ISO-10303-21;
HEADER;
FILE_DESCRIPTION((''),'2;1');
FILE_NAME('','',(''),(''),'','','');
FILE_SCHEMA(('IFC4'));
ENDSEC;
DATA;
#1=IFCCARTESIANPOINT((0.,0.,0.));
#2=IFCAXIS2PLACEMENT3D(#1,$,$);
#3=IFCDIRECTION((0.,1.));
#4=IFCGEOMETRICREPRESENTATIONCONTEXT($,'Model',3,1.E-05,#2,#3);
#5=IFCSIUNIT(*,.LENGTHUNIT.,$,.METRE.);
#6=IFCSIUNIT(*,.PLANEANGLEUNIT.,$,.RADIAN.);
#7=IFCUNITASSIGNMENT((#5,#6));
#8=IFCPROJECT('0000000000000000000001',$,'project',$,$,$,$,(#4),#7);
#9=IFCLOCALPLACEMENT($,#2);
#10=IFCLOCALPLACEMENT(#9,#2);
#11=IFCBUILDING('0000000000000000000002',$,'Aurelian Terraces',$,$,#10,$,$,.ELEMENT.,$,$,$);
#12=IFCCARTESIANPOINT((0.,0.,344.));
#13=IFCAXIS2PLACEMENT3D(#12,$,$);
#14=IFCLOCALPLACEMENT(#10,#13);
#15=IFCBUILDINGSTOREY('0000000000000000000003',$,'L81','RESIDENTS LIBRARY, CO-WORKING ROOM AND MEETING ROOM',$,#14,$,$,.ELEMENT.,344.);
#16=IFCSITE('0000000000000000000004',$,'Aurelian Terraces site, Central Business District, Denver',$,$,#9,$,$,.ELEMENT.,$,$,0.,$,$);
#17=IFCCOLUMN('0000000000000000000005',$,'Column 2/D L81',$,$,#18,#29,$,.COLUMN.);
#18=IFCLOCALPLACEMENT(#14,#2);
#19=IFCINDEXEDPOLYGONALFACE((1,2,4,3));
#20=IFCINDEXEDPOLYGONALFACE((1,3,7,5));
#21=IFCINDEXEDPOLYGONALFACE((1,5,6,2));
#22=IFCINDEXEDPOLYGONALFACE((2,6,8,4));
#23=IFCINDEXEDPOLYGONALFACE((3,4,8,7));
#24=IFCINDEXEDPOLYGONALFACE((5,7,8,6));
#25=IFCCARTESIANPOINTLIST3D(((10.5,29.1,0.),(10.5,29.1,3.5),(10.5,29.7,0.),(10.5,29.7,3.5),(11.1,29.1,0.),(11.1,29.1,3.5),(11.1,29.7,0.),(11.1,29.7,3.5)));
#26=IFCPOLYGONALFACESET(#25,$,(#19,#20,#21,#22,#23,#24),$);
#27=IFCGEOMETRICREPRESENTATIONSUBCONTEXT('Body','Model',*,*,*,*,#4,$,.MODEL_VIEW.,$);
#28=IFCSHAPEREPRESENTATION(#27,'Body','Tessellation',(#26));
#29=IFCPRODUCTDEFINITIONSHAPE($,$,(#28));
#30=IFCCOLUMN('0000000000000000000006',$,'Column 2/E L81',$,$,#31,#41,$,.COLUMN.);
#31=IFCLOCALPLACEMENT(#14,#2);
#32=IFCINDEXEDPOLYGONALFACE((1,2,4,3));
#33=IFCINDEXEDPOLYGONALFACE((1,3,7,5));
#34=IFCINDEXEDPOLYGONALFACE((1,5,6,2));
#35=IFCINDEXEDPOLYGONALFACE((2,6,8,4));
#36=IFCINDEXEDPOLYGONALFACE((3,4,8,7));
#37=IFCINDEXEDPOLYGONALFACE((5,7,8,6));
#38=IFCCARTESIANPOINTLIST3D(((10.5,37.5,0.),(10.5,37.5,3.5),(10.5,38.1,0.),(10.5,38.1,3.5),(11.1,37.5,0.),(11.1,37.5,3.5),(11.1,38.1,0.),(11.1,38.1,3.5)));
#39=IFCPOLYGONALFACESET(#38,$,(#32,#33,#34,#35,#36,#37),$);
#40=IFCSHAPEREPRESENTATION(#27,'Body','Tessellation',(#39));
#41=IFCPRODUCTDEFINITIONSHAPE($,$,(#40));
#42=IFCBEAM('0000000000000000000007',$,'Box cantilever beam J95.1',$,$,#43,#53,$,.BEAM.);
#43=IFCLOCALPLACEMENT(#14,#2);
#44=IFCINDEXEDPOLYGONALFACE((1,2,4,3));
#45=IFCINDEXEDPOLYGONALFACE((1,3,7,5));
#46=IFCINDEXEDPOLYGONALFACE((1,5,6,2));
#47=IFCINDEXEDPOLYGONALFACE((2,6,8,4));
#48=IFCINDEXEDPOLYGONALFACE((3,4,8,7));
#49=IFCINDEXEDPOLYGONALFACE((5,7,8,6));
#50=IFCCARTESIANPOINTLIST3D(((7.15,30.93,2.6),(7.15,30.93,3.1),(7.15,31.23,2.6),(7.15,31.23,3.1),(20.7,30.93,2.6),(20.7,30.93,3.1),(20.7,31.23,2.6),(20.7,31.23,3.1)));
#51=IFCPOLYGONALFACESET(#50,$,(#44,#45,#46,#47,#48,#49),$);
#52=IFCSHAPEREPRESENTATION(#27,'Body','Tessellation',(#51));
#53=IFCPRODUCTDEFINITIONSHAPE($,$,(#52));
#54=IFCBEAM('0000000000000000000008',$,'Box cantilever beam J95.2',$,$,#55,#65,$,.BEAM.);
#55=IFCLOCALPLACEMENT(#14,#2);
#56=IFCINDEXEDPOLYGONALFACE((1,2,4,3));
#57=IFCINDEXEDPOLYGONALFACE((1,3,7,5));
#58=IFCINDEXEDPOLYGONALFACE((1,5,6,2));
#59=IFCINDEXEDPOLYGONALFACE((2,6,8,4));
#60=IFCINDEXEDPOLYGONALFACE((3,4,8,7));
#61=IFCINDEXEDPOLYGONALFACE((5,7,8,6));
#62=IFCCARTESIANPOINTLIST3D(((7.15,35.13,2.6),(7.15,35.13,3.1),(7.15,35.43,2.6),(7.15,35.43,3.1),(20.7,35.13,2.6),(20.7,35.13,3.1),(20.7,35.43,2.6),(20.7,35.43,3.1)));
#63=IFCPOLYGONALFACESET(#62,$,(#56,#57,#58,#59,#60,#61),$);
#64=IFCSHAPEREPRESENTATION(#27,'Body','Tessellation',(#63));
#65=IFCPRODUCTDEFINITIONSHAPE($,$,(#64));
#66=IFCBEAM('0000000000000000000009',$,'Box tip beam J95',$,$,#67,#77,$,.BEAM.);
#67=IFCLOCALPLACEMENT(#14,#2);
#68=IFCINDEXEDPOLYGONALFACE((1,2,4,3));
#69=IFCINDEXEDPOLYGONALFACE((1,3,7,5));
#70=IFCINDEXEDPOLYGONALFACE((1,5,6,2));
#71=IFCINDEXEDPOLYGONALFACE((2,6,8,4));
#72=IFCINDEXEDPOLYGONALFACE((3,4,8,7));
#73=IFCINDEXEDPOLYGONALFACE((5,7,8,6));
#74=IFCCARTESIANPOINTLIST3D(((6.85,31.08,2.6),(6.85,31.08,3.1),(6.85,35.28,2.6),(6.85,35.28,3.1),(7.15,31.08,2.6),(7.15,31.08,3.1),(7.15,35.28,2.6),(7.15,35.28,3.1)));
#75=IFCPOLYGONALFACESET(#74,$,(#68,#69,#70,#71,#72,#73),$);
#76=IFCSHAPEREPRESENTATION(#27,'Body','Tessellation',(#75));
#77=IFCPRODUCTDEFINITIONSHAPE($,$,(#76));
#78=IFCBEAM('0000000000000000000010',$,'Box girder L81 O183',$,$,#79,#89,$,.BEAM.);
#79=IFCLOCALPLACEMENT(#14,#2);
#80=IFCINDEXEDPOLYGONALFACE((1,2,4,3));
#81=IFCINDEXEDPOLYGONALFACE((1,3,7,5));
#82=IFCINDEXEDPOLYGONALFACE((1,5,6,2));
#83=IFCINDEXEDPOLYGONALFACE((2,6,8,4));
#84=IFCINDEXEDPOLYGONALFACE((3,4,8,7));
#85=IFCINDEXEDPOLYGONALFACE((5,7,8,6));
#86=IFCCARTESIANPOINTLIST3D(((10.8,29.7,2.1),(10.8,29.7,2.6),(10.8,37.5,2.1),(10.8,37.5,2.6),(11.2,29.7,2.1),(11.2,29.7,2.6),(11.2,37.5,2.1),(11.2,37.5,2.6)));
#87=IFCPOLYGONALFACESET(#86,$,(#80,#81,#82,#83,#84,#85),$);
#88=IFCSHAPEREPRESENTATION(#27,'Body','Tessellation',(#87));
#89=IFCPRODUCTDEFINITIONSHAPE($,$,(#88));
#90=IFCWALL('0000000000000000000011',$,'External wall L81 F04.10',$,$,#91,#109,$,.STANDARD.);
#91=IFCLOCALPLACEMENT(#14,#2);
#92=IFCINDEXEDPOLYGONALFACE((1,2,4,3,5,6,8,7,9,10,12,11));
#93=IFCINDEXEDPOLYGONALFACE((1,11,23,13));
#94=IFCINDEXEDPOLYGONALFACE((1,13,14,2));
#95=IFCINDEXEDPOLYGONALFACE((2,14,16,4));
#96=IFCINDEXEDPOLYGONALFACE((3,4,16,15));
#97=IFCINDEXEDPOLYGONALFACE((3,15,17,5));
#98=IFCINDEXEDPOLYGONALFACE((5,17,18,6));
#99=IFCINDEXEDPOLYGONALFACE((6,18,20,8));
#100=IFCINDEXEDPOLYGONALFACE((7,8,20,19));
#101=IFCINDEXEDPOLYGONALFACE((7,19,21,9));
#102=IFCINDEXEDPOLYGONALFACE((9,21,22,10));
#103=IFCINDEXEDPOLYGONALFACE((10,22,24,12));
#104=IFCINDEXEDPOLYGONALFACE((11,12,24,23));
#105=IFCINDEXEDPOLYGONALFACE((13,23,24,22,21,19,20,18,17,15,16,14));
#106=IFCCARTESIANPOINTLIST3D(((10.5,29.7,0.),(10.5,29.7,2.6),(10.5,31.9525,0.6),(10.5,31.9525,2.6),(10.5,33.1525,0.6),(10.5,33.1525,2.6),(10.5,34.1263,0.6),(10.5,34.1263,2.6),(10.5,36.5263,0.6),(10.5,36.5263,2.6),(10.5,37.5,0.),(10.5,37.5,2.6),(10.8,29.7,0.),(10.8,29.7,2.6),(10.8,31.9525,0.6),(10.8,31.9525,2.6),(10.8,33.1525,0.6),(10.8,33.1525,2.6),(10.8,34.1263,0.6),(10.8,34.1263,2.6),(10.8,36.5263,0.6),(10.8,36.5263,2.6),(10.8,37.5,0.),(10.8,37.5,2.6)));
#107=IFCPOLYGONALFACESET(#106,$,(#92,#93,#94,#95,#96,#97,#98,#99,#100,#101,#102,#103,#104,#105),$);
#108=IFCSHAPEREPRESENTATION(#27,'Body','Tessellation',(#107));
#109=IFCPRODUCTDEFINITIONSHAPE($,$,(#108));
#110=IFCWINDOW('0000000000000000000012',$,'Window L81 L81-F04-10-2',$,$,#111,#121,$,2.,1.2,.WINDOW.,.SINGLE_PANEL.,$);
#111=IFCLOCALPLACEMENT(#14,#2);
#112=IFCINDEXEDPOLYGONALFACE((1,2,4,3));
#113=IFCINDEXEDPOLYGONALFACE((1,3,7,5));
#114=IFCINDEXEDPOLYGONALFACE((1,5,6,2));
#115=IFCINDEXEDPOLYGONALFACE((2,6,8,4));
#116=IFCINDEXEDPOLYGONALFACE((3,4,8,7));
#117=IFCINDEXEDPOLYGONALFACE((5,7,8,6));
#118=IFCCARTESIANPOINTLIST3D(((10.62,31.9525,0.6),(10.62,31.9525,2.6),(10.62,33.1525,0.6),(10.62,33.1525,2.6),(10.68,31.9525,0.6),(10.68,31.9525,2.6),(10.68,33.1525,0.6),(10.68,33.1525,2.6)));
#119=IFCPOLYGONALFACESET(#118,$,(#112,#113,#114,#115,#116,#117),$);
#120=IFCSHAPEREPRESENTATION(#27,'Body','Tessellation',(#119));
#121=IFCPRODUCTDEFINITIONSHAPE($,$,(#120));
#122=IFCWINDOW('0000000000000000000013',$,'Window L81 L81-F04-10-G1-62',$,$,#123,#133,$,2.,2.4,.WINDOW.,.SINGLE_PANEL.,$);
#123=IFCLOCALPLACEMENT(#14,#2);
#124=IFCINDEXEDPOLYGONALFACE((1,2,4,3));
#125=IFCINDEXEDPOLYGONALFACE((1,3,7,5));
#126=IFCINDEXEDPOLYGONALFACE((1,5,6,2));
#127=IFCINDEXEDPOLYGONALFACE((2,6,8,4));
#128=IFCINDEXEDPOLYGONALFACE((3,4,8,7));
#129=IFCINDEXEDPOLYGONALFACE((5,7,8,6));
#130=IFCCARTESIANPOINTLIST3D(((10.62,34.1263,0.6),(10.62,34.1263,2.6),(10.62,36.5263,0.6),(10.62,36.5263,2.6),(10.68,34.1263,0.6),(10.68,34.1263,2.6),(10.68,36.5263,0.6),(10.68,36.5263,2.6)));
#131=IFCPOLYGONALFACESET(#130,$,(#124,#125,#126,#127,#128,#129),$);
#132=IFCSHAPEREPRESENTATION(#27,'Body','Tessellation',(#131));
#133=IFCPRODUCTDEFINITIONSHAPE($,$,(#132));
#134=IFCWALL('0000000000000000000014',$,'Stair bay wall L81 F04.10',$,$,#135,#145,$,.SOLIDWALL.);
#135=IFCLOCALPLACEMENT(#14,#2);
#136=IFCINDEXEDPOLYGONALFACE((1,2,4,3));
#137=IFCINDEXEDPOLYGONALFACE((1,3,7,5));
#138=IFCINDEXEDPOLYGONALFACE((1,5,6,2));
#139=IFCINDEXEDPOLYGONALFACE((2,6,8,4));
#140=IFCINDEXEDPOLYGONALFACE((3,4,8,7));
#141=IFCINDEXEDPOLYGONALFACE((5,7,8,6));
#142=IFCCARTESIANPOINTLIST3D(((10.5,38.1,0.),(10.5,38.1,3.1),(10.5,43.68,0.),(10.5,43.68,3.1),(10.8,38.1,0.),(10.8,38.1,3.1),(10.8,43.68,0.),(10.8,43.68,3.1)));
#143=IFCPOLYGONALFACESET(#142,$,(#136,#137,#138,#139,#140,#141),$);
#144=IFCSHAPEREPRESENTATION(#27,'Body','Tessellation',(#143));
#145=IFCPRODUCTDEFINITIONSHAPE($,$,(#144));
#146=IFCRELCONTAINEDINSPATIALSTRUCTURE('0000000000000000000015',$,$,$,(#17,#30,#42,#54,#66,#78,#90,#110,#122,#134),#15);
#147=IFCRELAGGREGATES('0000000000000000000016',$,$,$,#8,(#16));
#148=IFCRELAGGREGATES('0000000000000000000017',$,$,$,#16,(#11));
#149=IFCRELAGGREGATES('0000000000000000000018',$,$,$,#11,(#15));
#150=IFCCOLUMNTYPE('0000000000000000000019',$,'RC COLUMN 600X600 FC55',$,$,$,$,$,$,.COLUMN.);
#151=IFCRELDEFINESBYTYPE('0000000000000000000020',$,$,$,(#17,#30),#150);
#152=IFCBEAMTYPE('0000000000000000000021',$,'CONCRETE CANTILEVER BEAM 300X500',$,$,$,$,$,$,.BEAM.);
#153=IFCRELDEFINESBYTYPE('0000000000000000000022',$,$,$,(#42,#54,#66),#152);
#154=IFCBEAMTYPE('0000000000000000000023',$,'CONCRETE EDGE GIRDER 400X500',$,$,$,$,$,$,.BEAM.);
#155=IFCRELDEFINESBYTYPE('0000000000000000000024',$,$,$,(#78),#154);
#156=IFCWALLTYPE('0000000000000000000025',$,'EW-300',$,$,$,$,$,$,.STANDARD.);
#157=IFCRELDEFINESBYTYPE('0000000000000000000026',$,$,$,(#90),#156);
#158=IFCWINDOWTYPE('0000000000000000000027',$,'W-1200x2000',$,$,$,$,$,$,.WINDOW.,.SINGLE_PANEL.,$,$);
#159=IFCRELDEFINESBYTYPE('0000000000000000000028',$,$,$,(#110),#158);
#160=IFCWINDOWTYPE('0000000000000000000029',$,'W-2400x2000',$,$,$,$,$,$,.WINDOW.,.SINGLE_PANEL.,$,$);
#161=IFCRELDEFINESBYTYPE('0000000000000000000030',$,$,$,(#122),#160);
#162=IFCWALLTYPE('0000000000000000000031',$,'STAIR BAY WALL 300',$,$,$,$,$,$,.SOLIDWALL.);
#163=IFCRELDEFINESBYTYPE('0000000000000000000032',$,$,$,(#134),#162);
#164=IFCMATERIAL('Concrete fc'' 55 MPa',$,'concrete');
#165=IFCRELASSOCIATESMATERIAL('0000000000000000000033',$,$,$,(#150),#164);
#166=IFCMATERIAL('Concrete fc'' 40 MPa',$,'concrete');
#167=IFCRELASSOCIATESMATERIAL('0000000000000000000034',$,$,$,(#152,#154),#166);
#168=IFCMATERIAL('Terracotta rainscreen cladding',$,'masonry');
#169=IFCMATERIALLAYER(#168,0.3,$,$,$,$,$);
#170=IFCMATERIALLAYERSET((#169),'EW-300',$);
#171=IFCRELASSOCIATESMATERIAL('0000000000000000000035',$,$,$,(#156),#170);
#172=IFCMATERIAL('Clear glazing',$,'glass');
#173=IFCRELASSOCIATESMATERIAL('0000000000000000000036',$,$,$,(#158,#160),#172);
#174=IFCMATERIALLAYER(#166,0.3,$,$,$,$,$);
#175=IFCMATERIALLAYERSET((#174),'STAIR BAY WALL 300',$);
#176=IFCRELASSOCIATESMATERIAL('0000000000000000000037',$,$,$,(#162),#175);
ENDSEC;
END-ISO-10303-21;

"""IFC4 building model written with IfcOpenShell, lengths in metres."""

from ifc_helpers import new_model, si_unit, direction, frame, frame_2d, origin, origin_2d, place, context, subcontext, project, spatial, rectangle, extrude, source, transform, mapped, material, layer, layer_set, material_profile, profile_set, type_object, element, fill, save


model = new_model("IFC4")

# Units and contexts
model_context = context("Model", 3, precision=1e-05, world=origin(), true_north=direction((0.0, 1.0)))
body_context = subcontext(model_context, "Body", "Model", "MODEL_VIEW")
ifc_project = project(units=[si_unit("LENGTHUNIT", "METRE"), si_unit("PLANEANGLEUNIT", "RADIAN")], contexts=[model_context])

# Site, building, storey
site_placement = place(None, origin())
site = spatial("IfcSite", under=ifc_project, at=site_placement, Name="Aurelian Terraces site, Central Business District, Denver", CompositionType="ELEMENT", RefElevation=0.0)
building_placement = place(site_placement, origin())
building = spatial("IfcBuilding", under=site, at=building_placement, Name="Aurelian Terraces", CompositionType="ELEMENT")
storey_placement = place(building_placement, frame((0.0, 0.0, 344.0)))
storey = spatial("IfcBuildingStorey", under=building, at=storey_placement, Name="L81", Description="RESIDENTS LIBRARY, CO-WORKING ROOM AND MEETING ROOM", CompositionType="ELEMENT", Elevation=344.0)

# Columns
ifc_material_1 = material(Name="Concrete fc' 55 MPa", Category="concrete")
ifc_material_profile_1 = material_profile(ifc_material_1, rectangle(XDim=0.6, YDim=0.6, at=origin_2d()))
ifc_profile_set_1 = profile_set([ifc_material_profile_1], Name="Concrete fc' 55 MPa")
column_type = type_object("IfcColumnType", Name="RC COLUMN 600X600 FC55", PredefinedType="COLUMN", material=ifc_profile_set_1)
shared_shape_1 = source(origin(), body_context, "Body", "SweptSolid", [
    extrude(rectangle(XDim=0.6, YDim=0.6, at=origin_2d()), origin(), (0.0, 0.0, 1.0), 3.5),
])
for number, where, z_axis, x_axis, name in (
    (1, (10.8, 29.4, 0.0), (0.0, 0.0, 1.0), (1.0, 0.0, 0.0), "Column 2/D L81"),
    (2, (10.8, 37.8, 0.0), (0.0, 0.0, 1.0), (1.0, 0.0, 0.0), "Column 2/E L81"),
):
    element("IfcColumn", number, at=place(storey_placement, frame(where, z_axis=z_axis, x_axis=x_axis)), inside=storey, type_object=column_type, Name=name, PredefinedType="COLUMN", context=body_context, shape_type="MappedRepresentation", body=[
        mapped(shared_shape_1, transform((0.0, 0.0, 0.0), scale=1.0)),
    ])

# Beams
ifc_material_2 = material(Name="Concrete fc' 40 MPa", Category="concrete")
ifc_material_profile_2 = material_profile(ifc_material_2, rectangle(XDim=0.3, YDim=0.5, at=origin_2d()))
ifc_profile_set_2 = profile_set([ifc_material_profile_2], Name="Concrete fc' 40 MPa")
beam_type_1 = type_object("IfcBeamType", Name="CONCRETE CANTILEVER BEAM 300X500", PredefinedType="BEAM", material=ifc_profile_set_2)
shared_shape_2 = source(origin(), body_context, "Body", "SweptSolid", [
    extrude(rectangle(XDim=0.3, YDim=0.5, at=origin_2d()), origin(), (0.0, 0.0, 1.0), 13.55),
])
for number, where, z_axis, x_axis, name in (
    (3, (7.15, 31.08, 2.85), (1.0, 0.0, 0.0), (0.0, 1.0, 0.0), "Box cantilever beam J95.1"),
    (4, (7.15, 35.28, 2.85), (1.0, 0.0, 0.0), (0.0, 1.0, 0.0), "Box cantilever beam J95.2"),
):
    element("IfcBeam", number, at=place(storey_placement, frame(where, z_axis=z_axis, x_axis=x_axis)), inside=storey, type_object=beam_type_1, Name=name, PredefinedType="BEAM", context=body_context, shape_type="MappedRepresentation", body=[
        mapped(shared_shape_2, transform((0.0, 0.0, 0.0), scale=1.0)),
    ])
shared_shape_3 = source(origin(), body_context, "Body", "SweptSolid", [
    extrude(rectangle(XDim=0.3, YDim=0.5, at=origin_2d()), origin(), (0.0, 0.0, 1.0), 4.2),
])
beam_1_placement = place(storey_placement, frame((7.0, 31.08, 2.85), z_axis=(0.0, 1.0, 0.0), x_axis=(-1.0, 0.0, 0.0)))
element("IfcBeam", 5, at=beam_1_placement, inside=storey, type_object=beam_type_1, Name="Box tip beam J95", PredefinedType="BEAM", context=body_context, shape_type="MappedRepresentation", body=[
    mapped(shared_shape_3, transform((0.0, 0.0, 0.0), scale=1.0)),
])
ifc_material_profile_3 = material_profile(ifc_material_2, rectangle(XDim=0.4, YDim=0.5, at=origin_2d()))
ifc_profile_set_3 = profile_set([ifc_material_profile_3], Name="Concrete fc' 40 MPa")
beam_type_2 = type_object("IfcBeamType", Name="CONCRETE EDGE GIRDER 400X500", PredefinedType="BEAM", material=ifc_profile_set_3)
shared_shape_4 = source(origin(), body_context, "Body", "SweptSolid", [
    extrude(rectangle(XDim=0.4, YDim=0.5, at=origin_2d()), origin(), (0.0, 0.0, 1.0), 7.8),
])
beam_2_placement = place(storey_placement, frame((11.0, 29.7, 2.35), z_axis=(0.0, 1.0, 0.0), x_axis=(-1.0, 0.0, 0.0)))
element("IfcBeam", 6, at=beam_2_placement, inside=storey, type_object=beam_type_2, Name="Box girder L81 O183", PredefinedType="BEAM", context=body_context, shape_type="MappedRepresentation", body=[
    mapped(shared_shape_4, transform((0.0, 0.0, 0.0), scale=1.0)),
])

# Wall, openings, windows
ifc_material_3 = material(Name="Terracotta rainscreen cladding", Category="masonry")
ifc_layer_1 = layer(ifc_material_3, 0.3)
ifc_layer_set_1 = layer_set([ifc_layer_1], Name="EW-300")
wall_type_1 = type_object("IfcWallType", Name="EW-300", PredefinedType="STANDARD", material=ifc_layer_set_1)
shared_shape_5 = source(origin(), body_context, "Body", "SweptSolid", [
    extrude(rectangle(XDim=7.8, YDim=0.3, at=frame_2d((3.9, 0.0))), origin(), (0.0, 0.0, 1.0), 2.6),
])
wall_1_placement = place(storey_placement, frame((10.65, 37.5, 0.0), z_axis=(0.0, 0.0, 1.0), x_axis=(0.0, -1.0, 0.0)))
wall_1 = element("IfcWall", 7, at=wall_1_placement, inside=storey, type_object=wall_type_1, Name="External wall L81 F04.10", PredefinedType="STANDARD", context=body_context, shape_type="MappedRepresentation", body=[
    mapped(shared_shape_5, transform((0.0, 0.0, 0.0), scale=1.0)),
])
shared_shape_6 = source(origin(), body_context, "Body", "SweptSolid", [
    extrude(rectangle(XDim=1.2, YDim=2.0, at=frame_2d((0.6, 1.0))), frame((0.0, 0.16, 0.0), z_axis=(0.0, -1.0, 0.0), x_axis=(1.0, 0.0, 0.0)), (0.0, 0.0, 1.0), 0.32),
])
opening_1_placement = place(wall_1_placement, frame((4.3475, 0.0, 0.6)))
opening_1 = element("IfcOpeningElement", 8, at=opening_1_placement, cuts=wall_1, PredefinedType="OPENING", context=body_context, shape_type="MappedRepresentation", body=[
    mapped(shared_shape_6, transform((0.0, 0.0, 0.0), scale=1.0)),
])
shared_shape_7 = source(origin(), body_context, "Body", "SweptSolid", [
    extrude(rectangle(XDim=2.4, YDim=2.0, at=frame_2d((1.2, 1.0))), frame((0.0, 0.16, 0.0), z_axis=(0.0, -1.0, 0.0), x_axis=(1.0, 0.0, 0.0)), (0.0, 0.0, 1.0), 0.32),
])
opening_2_placement = place(wall_1_placement, frame((0.9737, 0.0, 0.6)))
opening_2 = element("IfcOpeningElement", 9, at=opening_2_placement, cuts=wall_1, PredefinedType="OPENING", context=body_context, shape_type="MappedRepresentation", body=[
    mapped(shared_shape_7, transform((0.0, 0.0, 0.0), scale=1.0)),
])
ifc_material_4 = material(Name="Clear glazing", Category="glass")
window_type_1 = type_object("IfcWindowType", Name="W-1200x2000", PartitioningType="SINGLE_PANEL", PredefinedType="WINDOW", material=ifc_material_4)
shared_shape_8 = source(origin(), body_context, "Body", "SweptSolid", [
    extrude(rectangle(XDim=1.2, YDim=2.0, at=frame_2d((0.6, 1.0))), frame((0.0, 0.03, 0.0), z_axis=(0.0, -1.0, 0.0), x_axis=(1.0, 0.0, 0.0)), (0.0, 0.0, 1.0), 0.06),
])
window_1_placement = place(opening_1_placement, origin())
window_1 = element("IfcWindow", 10, at=window_1_placement, inside=storey, type_object=window_type_1, Name="Window L81 L81-F04-10-2", OverallHeight=2.0, OverallWidth=1.2, PartitioningType="SINGLE_PANEL", PredefinedType="WINDOW", context=body_context, shape_type="MappedRepresentation", body=[
    mapped(shared_shape_8, transform((0.0, 0.0, 0.0), scale=1.0)),
])
fill(opening_1, window_1)
window_type_2 = type_object("IfcWindowType", Name="W-2400x2000", PartitioningType="SINGLE_PANEL", PredefinedType="WINDOW", material=ifc_material_4)
shared_shape_9 = source(origin(), body_context, "Body", "SweptSolid", [
    extrude(rectangle(XDim=2.4, YDim=2.0, at=frame_2d((1.2, 1.0))), frame((0.0, 0.03, 0.0), z_axis=(0.0, -1.0, 0.0), x_axis=(1.0, 0.0, 0.0)), (0.0, 0.0, 1.0), 0.06),
])
window_2_placement = place(opening_2_placement, origin())
window_2 = element("IfcWindow", 11, at=window_2_placement, inside=storey, type_object=window_type_2, Name="Window L81 L81-F04-10-G1-62", OverallHeight=2.0, OverallWidth=2.4, PartitioningType="SINGLE_PANEL", PredefinedType="WINDOW", context=body_context, shape_type="MappedRepresentation", body=[
    mapped(shared_shape_9, transform((0.0, 0.0, 0.0), scale=1.0)),
])
fill(opening_2, window_2)

# Wall
ifc_layer_2 = layer(ifc_material_2, 0.3)
ifc_layer_set_2 = layer_set([ifc_layer_2], Name="STAIR BAY WALL 300")
wall_type_2 = type_object("IfcWallType", Name="STAIR BAY WALL 300", PredefinedType="SOLIDWALL", material=ifc_layer_set_2)
shared_shape_10 = source(origin(), body_context, "Body", "SweptSolid", [
    extrude(rectangle(XDim=5.58, YDim=0.3, at=frame_2d((2.79, 0.0))), origin(), (0.0, 0.0, 1.0), 3.1),
])
wall_2_placement = place(storey_placement, frame((10.65, 43.68, 0.0), z_axis=(0.0, 0.0, 1.0), x_axis=(0.0, -1.0, 0.0)))
element("IfcWall", 12, at=wall_2_placement, inside=storey, type_object=wall_type_2, Name="Stair bay wall L81 F04.10", PredefinedType="SOLIDWALL", context=body_context, shape_type="MappedRepresentation", body=[
    mapped(shared_shape_10, transform((0.0, 0.0, 0.0), scale=1.0)),
])

save(model, "model.ifc")
